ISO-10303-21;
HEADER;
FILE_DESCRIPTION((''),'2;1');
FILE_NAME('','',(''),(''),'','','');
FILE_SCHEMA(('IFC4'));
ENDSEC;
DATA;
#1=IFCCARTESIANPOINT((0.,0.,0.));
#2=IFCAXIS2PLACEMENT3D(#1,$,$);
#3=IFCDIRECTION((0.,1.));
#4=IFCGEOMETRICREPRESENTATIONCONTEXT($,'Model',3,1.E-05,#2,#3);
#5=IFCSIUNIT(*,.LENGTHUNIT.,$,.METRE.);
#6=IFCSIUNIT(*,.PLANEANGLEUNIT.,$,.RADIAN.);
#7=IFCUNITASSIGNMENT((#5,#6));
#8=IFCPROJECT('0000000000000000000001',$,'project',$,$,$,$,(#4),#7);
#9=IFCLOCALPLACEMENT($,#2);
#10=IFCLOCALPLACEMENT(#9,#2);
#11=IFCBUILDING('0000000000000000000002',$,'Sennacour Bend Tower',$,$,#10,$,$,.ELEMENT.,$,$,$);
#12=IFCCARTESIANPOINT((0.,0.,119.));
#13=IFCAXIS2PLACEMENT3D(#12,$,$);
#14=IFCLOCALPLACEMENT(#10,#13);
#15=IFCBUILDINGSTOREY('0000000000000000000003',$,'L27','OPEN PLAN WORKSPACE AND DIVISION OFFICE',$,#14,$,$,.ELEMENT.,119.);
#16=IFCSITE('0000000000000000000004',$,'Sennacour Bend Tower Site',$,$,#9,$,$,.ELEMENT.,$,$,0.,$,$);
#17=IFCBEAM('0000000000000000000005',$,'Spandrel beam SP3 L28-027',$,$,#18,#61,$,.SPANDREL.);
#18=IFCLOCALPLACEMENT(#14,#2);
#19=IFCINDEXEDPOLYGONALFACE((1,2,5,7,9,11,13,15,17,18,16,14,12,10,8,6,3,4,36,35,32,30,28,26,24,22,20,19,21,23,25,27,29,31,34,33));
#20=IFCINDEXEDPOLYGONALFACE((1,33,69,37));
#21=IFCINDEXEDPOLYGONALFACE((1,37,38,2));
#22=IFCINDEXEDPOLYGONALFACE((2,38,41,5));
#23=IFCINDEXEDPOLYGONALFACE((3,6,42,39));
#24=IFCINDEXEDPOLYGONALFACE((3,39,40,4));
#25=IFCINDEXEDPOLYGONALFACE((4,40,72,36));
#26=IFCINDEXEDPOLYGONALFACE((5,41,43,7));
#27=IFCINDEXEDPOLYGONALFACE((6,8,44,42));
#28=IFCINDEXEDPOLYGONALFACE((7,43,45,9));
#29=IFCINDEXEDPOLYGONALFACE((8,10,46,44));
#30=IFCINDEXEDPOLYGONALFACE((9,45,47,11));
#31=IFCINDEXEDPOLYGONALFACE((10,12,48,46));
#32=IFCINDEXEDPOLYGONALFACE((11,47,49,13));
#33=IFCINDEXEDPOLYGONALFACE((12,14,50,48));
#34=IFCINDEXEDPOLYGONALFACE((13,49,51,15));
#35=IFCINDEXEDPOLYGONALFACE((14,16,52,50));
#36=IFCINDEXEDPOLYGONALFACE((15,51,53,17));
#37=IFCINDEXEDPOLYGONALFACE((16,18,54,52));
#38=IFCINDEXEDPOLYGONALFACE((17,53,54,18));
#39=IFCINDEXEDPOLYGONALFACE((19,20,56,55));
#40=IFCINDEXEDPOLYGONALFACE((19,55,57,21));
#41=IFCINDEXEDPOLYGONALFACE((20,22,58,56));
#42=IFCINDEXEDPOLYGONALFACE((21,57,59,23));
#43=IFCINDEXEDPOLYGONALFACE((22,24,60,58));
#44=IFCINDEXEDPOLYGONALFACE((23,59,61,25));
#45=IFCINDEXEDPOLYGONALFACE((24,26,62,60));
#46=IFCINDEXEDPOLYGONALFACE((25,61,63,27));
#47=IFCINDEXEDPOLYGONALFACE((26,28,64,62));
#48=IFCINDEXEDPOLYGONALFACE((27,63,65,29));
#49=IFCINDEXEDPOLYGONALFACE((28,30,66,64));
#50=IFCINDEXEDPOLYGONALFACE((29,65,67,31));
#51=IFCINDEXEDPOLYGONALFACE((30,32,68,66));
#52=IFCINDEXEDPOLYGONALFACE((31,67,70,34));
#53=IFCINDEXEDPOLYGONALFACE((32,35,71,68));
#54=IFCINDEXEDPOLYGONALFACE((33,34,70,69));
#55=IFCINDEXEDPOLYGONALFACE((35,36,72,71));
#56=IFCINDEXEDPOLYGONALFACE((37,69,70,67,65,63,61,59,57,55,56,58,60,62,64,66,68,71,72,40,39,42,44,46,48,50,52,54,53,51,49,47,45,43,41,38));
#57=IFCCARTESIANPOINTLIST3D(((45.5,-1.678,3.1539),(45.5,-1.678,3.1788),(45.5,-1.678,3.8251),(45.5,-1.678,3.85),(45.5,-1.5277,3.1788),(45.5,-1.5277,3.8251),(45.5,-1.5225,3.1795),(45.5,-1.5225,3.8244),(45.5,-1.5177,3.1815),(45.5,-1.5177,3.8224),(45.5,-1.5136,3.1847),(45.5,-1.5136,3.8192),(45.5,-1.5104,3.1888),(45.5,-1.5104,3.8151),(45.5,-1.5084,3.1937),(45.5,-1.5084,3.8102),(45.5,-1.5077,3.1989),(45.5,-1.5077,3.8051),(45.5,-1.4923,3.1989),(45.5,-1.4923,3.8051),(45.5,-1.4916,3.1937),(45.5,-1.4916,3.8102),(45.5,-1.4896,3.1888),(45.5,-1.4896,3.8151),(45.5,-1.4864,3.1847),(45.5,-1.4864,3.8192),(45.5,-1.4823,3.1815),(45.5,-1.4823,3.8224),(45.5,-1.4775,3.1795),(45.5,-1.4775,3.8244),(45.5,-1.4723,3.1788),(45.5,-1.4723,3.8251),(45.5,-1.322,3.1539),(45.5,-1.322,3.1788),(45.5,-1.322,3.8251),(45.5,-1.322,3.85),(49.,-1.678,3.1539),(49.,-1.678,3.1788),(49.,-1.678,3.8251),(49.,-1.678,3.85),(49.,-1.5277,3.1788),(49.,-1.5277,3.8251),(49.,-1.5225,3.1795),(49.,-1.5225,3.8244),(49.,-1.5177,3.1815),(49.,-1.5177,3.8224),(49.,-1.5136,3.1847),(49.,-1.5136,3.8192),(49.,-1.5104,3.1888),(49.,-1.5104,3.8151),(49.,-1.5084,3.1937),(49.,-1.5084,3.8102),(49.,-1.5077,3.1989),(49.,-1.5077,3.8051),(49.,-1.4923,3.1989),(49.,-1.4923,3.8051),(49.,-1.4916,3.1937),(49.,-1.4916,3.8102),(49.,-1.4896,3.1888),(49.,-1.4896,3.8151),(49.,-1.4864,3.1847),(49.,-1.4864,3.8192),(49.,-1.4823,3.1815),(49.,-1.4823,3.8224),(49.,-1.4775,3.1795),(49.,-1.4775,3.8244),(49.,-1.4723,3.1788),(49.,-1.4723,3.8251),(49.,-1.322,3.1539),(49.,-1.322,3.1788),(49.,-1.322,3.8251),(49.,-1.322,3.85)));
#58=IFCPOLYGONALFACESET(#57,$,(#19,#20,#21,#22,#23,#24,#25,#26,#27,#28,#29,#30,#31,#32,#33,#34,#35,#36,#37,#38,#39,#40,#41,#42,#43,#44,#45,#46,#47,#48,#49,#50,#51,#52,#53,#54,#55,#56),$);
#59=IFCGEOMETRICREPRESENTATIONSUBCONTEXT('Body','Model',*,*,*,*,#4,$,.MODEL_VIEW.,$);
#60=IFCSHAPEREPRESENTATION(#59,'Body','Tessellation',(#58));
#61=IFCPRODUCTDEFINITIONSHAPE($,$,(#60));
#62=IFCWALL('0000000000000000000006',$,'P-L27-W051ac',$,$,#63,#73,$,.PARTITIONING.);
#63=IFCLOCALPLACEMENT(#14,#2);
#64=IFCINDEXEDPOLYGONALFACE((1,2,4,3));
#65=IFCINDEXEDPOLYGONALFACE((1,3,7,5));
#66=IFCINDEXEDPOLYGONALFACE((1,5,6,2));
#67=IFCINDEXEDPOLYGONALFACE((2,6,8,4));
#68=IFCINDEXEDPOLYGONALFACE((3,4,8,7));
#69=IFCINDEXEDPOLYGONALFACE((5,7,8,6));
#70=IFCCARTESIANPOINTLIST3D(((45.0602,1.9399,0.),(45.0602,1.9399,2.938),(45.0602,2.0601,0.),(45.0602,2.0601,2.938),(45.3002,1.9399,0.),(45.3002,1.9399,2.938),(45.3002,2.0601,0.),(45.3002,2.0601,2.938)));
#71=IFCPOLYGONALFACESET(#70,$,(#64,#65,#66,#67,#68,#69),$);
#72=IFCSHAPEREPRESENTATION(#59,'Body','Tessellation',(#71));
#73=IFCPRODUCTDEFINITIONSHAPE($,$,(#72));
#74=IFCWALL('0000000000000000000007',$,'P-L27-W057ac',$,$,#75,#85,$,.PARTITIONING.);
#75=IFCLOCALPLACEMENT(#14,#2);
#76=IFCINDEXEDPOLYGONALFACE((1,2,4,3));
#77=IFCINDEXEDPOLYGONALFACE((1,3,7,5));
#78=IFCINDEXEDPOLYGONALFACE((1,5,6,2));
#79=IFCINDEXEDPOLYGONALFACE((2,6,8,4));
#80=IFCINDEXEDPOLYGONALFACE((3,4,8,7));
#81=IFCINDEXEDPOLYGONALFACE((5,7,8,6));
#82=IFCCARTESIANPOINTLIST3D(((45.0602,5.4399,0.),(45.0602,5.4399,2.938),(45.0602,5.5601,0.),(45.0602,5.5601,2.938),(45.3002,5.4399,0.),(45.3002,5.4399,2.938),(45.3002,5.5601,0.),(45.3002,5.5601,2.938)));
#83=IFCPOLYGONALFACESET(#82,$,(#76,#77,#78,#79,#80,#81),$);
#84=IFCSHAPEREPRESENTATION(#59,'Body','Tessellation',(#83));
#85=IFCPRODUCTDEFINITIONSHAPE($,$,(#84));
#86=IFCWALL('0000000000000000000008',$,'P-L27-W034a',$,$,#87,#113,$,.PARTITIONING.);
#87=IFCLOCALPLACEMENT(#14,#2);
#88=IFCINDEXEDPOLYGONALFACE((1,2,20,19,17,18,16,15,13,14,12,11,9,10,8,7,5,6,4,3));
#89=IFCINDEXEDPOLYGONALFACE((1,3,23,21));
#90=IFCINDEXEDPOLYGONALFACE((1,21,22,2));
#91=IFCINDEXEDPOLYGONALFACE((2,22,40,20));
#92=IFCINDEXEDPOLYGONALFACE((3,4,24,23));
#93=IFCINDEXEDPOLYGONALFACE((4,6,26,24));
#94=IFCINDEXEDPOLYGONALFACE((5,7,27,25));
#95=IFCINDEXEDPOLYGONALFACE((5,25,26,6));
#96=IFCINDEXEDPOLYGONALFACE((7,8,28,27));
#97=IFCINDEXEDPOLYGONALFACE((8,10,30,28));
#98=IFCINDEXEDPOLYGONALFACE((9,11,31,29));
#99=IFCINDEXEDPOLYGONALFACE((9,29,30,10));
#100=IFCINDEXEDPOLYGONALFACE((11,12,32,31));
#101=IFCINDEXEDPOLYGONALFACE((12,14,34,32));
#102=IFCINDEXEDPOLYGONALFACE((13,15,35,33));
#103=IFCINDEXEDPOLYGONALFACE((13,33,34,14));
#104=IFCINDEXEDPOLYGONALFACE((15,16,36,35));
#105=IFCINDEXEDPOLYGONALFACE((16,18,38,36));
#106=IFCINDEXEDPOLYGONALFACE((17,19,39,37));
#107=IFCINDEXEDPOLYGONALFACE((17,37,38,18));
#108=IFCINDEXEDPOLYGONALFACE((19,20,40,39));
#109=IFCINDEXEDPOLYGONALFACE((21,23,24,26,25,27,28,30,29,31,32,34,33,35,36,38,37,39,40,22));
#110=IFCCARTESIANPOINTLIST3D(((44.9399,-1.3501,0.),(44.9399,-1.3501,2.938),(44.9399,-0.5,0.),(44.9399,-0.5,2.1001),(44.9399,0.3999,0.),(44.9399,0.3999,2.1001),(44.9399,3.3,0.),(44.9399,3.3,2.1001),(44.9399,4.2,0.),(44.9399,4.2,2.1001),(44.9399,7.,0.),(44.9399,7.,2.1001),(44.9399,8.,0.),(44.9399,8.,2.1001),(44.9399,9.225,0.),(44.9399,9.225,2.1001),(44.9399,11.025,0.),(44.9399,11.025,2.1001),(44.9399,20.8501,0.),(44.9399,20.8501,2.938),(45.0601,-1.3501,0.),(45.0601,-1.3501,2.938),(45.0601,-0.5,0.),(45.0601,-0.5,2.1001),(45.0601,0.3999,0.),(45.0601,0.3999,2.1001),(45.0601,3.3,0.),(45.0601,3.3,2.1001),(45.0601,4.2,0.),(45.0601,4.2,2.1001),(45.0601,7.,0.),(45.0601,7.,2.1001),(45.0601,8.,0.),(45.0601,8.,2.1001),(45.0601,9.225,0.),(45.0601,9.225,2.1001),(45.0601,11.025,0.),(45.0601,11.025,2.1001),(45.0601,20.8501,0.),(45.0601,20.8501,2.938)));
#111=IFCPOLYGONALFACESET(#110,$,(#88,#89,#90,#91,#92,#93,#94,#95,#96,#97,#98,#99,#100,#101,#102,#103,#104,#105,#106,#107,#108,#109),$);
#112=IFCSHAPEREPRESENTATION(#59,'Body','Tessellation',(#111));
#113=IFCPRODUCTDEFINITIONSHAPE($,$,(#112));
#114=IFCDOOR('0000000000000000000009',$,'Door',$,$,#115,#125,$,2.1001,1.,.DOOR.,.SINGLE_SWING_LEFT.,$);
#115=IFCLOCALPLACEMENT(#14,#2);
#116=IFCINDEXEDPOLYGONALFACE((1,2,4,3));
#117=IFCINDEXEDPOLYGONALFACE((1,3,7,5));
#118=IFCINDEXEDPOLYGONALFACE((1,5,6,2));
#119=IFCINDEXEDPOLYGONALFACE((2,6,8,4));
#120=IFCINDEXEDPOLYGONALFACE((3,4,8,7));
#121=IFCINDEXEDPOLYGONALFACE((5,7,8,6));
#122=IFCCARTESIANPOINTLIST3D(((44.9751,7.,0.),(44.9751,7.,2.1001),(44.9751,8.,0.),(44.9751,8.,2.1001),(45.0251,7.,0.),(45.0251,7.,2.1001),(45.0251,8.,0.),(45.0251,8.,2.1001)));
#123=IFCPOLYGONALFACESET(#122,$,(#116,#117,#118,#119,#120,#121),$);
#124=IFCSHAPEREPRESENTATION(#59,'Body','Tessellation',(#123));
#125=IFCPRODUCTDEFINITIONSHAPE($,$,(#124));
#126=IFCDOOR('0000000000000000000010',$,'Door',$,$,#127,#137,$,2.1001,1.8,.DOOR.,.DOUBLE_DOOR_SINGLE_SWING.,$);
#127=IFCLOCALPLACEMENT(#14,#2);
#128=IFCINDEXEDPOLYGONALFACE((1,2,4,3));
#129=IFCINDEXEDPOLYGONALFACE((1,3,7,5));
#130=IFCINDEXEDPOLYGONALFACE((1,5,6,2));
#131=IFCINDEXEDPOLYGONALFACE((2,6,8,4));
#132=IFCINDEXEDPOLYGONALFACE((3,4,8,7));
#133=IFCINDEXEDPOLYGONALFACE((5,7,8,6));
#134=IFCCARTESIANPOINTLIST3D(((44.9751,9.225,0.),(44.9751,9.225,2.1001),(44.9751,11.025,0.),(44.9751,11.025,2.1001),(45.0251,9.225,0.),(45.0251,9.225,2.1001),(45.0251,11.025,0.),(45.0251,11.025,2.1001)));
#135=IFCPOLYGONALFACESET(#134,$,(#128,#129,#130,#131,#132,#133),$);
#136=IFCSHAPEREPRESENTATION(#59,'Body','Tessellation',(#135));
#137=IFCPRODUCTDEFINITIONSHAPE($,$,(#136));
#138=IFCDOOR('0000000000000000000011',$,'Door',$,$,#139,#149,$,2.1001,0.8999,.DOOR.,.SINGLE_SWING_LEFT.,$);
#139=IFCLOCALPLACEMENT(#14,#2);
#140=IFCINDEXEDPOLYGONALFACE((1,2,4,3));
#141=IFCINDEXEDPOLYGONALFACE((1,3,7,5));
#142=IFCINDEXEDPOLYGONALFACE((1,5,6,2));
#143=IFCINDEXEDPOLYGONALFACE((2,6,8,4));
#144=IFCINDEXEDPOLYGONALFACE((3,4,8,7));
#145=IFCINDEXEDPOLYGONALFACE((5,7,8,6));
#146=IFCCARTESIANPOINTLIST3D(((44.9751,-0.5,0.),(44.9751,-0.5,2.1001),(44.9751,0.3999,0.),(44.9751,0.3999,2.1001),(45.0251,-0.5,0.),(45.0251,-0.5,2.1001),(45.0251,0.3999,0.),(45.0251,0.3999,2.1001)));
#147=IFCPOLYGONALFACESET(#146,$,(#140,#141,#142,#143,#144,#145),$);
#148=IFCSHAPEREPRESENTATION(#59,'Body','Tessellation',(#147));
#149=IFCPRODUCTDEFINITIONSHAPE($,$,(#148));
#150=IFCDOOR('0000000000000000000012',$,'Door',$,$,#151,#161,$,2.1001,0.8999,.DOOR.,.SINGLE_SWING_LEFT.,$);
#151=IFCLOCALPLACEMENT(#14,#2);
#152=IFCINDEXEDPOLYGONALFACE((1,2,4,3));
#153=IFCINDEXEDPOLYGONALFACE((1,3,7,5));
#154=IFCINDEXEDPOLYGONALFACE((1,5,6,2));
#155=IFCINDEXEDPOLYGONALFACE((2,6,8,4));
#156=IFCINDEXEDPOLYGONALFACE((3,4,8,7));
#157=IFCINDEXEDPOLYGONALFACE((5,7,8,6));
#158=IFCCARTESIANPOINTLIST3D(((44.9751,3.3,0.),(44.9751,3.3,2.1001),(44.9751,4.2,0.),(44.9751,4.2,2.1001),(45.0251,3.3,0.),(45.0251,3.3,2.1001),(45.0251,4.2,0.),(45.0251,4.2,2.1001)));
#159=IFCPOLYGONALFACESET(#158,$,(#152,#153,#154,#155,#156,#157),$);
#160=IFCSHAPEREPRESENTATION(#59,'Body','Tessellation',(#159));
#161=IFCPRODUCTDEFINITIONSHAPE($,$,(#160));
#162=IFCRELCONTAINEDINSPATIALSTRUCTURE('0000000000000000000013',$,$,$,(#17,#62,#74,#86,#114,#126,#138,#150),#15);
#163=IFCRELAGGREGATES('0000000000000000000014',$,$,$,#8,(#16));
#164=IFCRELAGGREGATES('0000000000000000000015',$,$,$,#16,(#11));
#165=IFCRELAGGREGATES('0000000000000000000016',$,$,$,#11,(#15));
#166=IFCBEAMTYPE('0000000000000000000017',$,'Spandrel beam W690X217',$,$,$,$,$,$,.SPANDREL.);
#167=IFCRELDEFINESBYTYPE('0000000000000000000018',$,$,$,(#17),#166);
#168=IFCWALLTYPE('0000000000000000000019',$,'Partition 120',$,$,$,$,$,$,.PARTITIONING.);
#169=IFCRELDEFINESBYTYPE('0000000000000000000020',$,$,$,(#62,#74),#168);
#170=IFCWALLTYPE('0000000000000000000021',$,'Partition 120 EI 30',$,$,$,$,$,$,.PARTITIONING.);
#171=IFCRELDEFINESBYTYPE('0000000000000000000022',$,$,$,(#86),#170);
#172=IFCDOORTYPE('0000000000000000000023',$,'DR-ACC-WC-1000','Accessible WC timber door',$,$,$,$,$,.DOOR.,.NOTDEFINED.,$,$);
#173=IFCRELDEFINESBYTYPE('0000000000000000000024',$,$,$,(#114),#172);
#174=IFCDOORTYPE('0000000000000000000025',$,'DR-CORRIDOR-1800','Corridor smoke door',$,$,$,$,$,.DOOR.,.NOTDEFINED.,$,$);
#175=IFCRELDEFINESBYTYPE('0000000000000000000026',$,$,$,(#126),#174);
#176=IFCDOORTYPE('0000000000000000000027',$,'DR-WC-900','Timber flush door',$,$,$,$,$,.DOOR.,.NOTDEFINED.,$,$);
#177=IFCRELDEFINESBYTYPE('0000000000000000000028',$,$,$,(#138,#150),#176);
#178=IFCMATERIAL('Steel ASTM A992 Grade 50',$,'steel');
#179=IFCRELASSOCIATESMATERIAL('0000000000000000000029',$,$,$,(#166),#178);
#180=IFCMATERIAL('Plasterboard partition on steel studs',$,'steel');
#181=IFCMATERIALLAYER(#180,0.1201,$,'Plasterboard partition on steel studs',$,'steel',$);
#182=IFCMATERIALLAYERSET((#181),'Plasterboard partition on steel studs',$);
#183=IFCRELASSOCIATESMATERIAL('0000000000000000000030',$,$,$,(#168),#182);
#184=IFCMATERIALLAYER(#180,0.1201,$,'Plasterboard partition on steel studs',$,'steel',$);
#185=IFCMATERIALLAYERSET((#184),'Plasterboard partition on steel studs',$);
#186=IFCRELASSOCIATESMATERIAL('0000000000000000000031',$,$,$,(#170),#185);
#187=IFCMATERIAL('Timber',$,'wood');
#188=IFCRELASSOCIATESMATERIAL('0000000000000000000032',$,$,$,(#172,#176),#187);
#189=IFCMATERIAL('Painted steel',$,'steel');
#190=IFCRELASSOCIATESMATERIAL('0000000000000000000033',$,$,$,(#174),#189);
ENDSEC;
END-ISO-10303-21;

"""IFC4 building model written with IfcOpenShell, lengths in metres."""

from ifc_helpers import new_model, si_unit, direction, frame, frame_2d, origin, origin_2d, place, context, subcontext, project, spatial, rectangle, i_section, extrude, material, layer, layer_set, material_profile, profile_set, type_object, element, fill, save


model = new_model("IFC4")

# Units and contexts
model_context = context("Model", 3, precision=1e-05, world=origin(), true_north=direction((0.0, 1.0)))
body_context = subcontext(model_context, "Body", "Model", "MODEL_VIEW")
ifc_project = project(units=[si_unit("LENGTHUNIT", "METRE"), si_unit("PLANEANGLEUNIT", "RADIAN")], contexts=[model_context])

# Site, building, storey
site_placement = place(None, origin())
site = spatial("IfcSite", under=ifc_project, at=site_placement, Name="Sennacour Bend Tower Site", CompositionType="ELEMENT", RefElevation=0.0)
building_placement = place(site_placement, origin())
building = spatial("IfcBuilding", under=site, at=building_placement, Name="Sennacour Bend Tower", CompositionType="ELEMENT")
storey_placement = place(building_placement, frame((0.0, 0.0, 119.0)))
storey = spatial("IfcBuildingStorey", under=building, at=storey_placement, Name="L27", Description="OPEN PLAN WORKSPACE AND DIVISION OFFICE", CompositionType="ELEMENT", Elevation=119.0)

# Beam
ifc_material_1 = material(Name="Steel ASTM A992 Grade 50", Category="steel")
ifc_material_profile_1 = material_profile(ifc_material_1, i_section(OverallWidth=0.356, OverallDepth=0.696, WebThickness=0.0154, FlangeThickness=0.0249, FilletRadius=0.02, at=origin_2d()), Name="Steel ASTM A992 Grade 50", Category="steel")
ifc_profile_set_1 = profile_set([ifc_material_profile_1], Name="Steel ASTM A992 Grade 50")
beam_type_1 = type_object("IfcBeamType", Name="Spandrel beam W690X217", PredefinedType="SPANDREL", material=ifc_profile_set_1)
beam_1_placement = place(storey_placement, frame((49.0, -1.5, 3.502), z_axis=(-1.0, 0.0, 0.0), x_axis=(0.0, -1.0, 0.0)))
element("IfcBeam", 1, at=beam_1_placement, inside=storey, type_object=beam_type_1, Name="Spandrel beam SP3 L28-027", PredefinedType="SPANDREL", context=body_context, shape_type="SweptSolid", body=[
    extrude(i_section(OverallWidth=0.356, OverallDepth=0.696, WebThickness=0.0154, FlangeThickness=0.0249, FilletRadius=0.02, at=origin_2d()), origin(), (0.0, 0.0, 1.0), 3.5),
])

# Walls
ifc_material_2 = material(Name="Plasterboard partition on steel studs", Category="steel")
ifc_layer_1 = layer(ifc_material_2, 0.1201, Name="Plasterboard partition on steel studs", Category="steel")
ifc_layer_set_1 = layer_set([ifc_layer_1], Name="Plasterboard partition on steel studs")
wall_type_1 = type_object("IfcWallType", Name="Partition 120", PredefinedType="PARTITIONING", material=ifc_layer_set_1)
for number, where, z_axis, x_axis, name in (
    (2, (45.0601, 2.0, 0.0), (0.0, 0.0, 1.0), (1.0, 0.0, 0.0), "P-L27-W051ac"),
    (3, (45.0601, 5.5, 0.0), (0.0, 0.0, 1.0), (1.0, 0.0, 0.0), "P-L27-W057ac"),
):
    element("IfcWall", number, at=place(storey_placement, frame(where, z_axis=z_axis, x_axis=x_axis)), inside=storey, type_object=wall_type_1, Name=name, PredefinedType="PARTITIONING", context=body_context, shape_type="SweptSolid", body=[
        extrude(rectangle(XDim=0.24, YDim=0.1201, at=frame_2d((0.1201, 0.0))), origin(), (0.0, 0.0, 1.0), 2.938),
    ])

# Wall, openings, doors
ifc_layer_2 = layer(ifc_material_2, 0.1201, Name="Plasterboard partition on steel studs", Category="steel")
ifc_layer_set_2 = layer_set([ifc_layer_2], Name="Plasterboard partition on steel studs")
wall_type_2 = type_object("IfcWallType", Name="Partition 120 EI 30", PredefinedType="PARTITIONING", material=ifc_layer_set_2)
wall_1_placement = place(storey_placement, frame((45.0, -1.3501, 0.0), z_axis=(0.0, 0.0, 1.0), x_axis=(0.0, 1.0, 0.0)))
wall_1 = element("IfcWall", 4, at=wall_1_placement, inside=storey, type_object=wall_type_2, Name="P-L27-W034a", PredefinedType="PARTITIONING", context=body_context, shape_type="SweptSolid", body=[
    extrude(rectangle(XDim=22.2002, YDim=0.1201, at=frame_2d((11.1001, 0.0))), origin(), (0.0, 0.0, 1.0), 2.938),
])
opening_1_placement = place(wall_1_placement, frame((10.5752, 0.0, 0.0)))
opening_1 = element("IfcOpeningElement", 5, at=opening_1_placement, cuts=wall_1, PredefinedType="OPENING", context=body_context, shape_type="SweptSolid", body=[
    extrude(rectangle(XDim=1.8, YDim=2.1001, at=frame_2d((0.8999, 1.05))), frame((0.0, 0.0701, 0.0), z_axis=(0.0, -1.0, 0.0), x_axis=(1.0, 0.0, 0.0)), (0.0, 0.0, 1.0), 0.1401),
])
opening_2_placement = place(wall_1_placement, frame((0.8501, 0.0, 0.0)))
opening_2 = element("IfcOpeningElement", 6, at=opening_2_placement, cuts=wall_1, PredefinedType="OPENING", context=body_context, shape_type="SweptSolid", body=[
    extrude(rectangle(XDim=0.8999, YDim=2.1001, at=frame_2d((0.45, 1.05))), frame((0.0, 0.0701, 0.0), z_axis=(0.0, -1.0, 0.0), x_axis=(1.0, 0.0, 0.0)), (0.0, 0.0, 1.0), 0.1401),
])
opening_3_placement = place(wall_1_placement, frame((4.6501, 0.0, 0.0)))
opening_3 = element("IfcOpeningElement", 7, at=opening_3_placement, cuts=wall_1, PredefinedType="OPENING", context=body_context, shape_type="SweptSolid", body=[
    extrude(rectangle(XDim=0.8999, YDim=2.1001, at=frame_2d((0.45, 1.05))), frame((0.0, 0.0701, 0.0), z_axis=(0.0, -1.0, 0.0), x_axis=(1.0, 0.0, 0.0)), (0.0, 0.0, 1.0), 0.1401),
])
opening_4_placement = place(wall_1_placement, frame((8.3501, 0.0, 0.0)))
opening_4 = element("IfcOpeningElement", 8, at=opening_4_placement, cuts=wall_1, PredefinedType="OPENING", context=body_context, shape_type="SweptSolid", body=[
    extrude(rectangle(XDim=1.0, YDim=2.1001, at=frame_2d((0.5, 1.05))), frame((0.0, 0.0701, 0.0), z_axis=(0.0, -1.0, 0.0), x_axis=(1.0, 0.0, 0.0)), (0.0, 0.0, 1.0), 0.1401),
])
ifc_material_3 = material(Name="Timber", Category="wood")
door_type_1 = type_object("IfcDoorType", Name="DR-ACC-WC-1000", Description="Accessible WC timber door", OperationType="NOTDEFINED", PredefinedType="DOOR", material=ifc_material_3)
door_1_placement = place(opening_4_placement, origin())
door_1 = element("IfcDoor", 9, at=door_1_placement, inside=storey, type_object=door_type_1, Name="Door", OperationType="SINGLE_SWING_LEFT", OverallHeight=2.1001, OverallWidth=1.0, PredefinedType="DOOR", context=body_context, shape_type="SweptSolid", body=[
    extrude(rectangle(XDim=1.0, YDim=2.1001, at=frame_2d((0.5, 1.05))), frame((0.0, 0.0249, 0.0), z_axis=(0.0, -1.0, 0.0), x_axis=(1.0, 0.0, 0.0)), (0.0, 0.0, 1.0), 0.05),
])
fill(opening_4, door_1)
ifc_material_4 = material(Name="Painted steel", Category="steel")
door_type_2 = type_object("IfcDoorType", Name="DR-CORRIDOR-1800", Description="Corridor smoke door", OperationType="NOTDEFINED", PredefinedType="DOOR", material=ifc_material_4)
door_2_placement = place(opening_1_placement, origin())
door_2 = element("IfcDoor", 10, at=door_2_placement, inside=storey, type_object=door_type_2, Name="Door", OperationType="DOUBLE_DOOR_SINGLE_SWING", OverallHeight=2.1001, OverallWidth=1.8, PredefinedType="DOOR", context=body_context, shape_type="SweptSolid", body=[
    extrude(rectangle(XDim=1.8, YDim=2.1001, at=frame_2d((0.8999, 1.05))), frame((0.0, 0.0249, 0.0), z_axis=(0.0, -1.0, 0.0), x_axis=(1.0, 0.0, 0.0)), (0.0, 0.0, 1.0), 0.05),
])
fill(opening_1, door_2)
door_type_3 = type_object("IfcDoorType", Name="DR-WC-900", Description="Timber flush door", OperationType="NOTDEFINED", PredefinedType="DOOR", material=ifc_material_3)
door_3_placement = place(opening_2_placement, origin())
door_3 = element("IfcDoor", 11, at=door_3_placement, inside=storey, type_object=door_type_3, Name="Door", OperationType="SINGLE_SWING_LEFT", OverallHeight=2.1001, OverallWidth=0.8999, PredefinedType="DOOR", context=body_context, shape_type="SweptSolid", body=[
    extrude(rectangle(XDim=0.8999, YDim=2.1001, at=frame_2d((0.45, 1.05))), frame((0.0, 0.0249, 0.0), z_axis=(0.0, -1.0, 0.0), x_axis=(1.0, 0.0, 0.0)), (0.0, 0.0, 1.0), 0.05),
])
fill(opening_2, door_3)
door_4_placement = place(opening_3_placement, origin())
door_4 = element("IfcDoor", 12, at=door_4_placement, inside=storey, type_object=door_type_3, Name="Door", OperationType="SINGLE_SWING_LEFT", OverallHeight=2.1001, OverallWidth=0.8999, PredefinedType="DOOR", context=body_context, shape_type="SweptSolid", body=[
    extrude(rectangle(XDim=0.8999, YDim=2.1001, at=frame_2d((0.45, 1.05))), frame((0.0, 0.0249, 0.0), z_axis=(0.0, -1.0, 0.0), x_axis=(1.0, 0.0, 0.0)), (0.0, 0.0, 1.0), 0.05),
])
fill(opening_3, door_4)

save(model, "model.ifc")
